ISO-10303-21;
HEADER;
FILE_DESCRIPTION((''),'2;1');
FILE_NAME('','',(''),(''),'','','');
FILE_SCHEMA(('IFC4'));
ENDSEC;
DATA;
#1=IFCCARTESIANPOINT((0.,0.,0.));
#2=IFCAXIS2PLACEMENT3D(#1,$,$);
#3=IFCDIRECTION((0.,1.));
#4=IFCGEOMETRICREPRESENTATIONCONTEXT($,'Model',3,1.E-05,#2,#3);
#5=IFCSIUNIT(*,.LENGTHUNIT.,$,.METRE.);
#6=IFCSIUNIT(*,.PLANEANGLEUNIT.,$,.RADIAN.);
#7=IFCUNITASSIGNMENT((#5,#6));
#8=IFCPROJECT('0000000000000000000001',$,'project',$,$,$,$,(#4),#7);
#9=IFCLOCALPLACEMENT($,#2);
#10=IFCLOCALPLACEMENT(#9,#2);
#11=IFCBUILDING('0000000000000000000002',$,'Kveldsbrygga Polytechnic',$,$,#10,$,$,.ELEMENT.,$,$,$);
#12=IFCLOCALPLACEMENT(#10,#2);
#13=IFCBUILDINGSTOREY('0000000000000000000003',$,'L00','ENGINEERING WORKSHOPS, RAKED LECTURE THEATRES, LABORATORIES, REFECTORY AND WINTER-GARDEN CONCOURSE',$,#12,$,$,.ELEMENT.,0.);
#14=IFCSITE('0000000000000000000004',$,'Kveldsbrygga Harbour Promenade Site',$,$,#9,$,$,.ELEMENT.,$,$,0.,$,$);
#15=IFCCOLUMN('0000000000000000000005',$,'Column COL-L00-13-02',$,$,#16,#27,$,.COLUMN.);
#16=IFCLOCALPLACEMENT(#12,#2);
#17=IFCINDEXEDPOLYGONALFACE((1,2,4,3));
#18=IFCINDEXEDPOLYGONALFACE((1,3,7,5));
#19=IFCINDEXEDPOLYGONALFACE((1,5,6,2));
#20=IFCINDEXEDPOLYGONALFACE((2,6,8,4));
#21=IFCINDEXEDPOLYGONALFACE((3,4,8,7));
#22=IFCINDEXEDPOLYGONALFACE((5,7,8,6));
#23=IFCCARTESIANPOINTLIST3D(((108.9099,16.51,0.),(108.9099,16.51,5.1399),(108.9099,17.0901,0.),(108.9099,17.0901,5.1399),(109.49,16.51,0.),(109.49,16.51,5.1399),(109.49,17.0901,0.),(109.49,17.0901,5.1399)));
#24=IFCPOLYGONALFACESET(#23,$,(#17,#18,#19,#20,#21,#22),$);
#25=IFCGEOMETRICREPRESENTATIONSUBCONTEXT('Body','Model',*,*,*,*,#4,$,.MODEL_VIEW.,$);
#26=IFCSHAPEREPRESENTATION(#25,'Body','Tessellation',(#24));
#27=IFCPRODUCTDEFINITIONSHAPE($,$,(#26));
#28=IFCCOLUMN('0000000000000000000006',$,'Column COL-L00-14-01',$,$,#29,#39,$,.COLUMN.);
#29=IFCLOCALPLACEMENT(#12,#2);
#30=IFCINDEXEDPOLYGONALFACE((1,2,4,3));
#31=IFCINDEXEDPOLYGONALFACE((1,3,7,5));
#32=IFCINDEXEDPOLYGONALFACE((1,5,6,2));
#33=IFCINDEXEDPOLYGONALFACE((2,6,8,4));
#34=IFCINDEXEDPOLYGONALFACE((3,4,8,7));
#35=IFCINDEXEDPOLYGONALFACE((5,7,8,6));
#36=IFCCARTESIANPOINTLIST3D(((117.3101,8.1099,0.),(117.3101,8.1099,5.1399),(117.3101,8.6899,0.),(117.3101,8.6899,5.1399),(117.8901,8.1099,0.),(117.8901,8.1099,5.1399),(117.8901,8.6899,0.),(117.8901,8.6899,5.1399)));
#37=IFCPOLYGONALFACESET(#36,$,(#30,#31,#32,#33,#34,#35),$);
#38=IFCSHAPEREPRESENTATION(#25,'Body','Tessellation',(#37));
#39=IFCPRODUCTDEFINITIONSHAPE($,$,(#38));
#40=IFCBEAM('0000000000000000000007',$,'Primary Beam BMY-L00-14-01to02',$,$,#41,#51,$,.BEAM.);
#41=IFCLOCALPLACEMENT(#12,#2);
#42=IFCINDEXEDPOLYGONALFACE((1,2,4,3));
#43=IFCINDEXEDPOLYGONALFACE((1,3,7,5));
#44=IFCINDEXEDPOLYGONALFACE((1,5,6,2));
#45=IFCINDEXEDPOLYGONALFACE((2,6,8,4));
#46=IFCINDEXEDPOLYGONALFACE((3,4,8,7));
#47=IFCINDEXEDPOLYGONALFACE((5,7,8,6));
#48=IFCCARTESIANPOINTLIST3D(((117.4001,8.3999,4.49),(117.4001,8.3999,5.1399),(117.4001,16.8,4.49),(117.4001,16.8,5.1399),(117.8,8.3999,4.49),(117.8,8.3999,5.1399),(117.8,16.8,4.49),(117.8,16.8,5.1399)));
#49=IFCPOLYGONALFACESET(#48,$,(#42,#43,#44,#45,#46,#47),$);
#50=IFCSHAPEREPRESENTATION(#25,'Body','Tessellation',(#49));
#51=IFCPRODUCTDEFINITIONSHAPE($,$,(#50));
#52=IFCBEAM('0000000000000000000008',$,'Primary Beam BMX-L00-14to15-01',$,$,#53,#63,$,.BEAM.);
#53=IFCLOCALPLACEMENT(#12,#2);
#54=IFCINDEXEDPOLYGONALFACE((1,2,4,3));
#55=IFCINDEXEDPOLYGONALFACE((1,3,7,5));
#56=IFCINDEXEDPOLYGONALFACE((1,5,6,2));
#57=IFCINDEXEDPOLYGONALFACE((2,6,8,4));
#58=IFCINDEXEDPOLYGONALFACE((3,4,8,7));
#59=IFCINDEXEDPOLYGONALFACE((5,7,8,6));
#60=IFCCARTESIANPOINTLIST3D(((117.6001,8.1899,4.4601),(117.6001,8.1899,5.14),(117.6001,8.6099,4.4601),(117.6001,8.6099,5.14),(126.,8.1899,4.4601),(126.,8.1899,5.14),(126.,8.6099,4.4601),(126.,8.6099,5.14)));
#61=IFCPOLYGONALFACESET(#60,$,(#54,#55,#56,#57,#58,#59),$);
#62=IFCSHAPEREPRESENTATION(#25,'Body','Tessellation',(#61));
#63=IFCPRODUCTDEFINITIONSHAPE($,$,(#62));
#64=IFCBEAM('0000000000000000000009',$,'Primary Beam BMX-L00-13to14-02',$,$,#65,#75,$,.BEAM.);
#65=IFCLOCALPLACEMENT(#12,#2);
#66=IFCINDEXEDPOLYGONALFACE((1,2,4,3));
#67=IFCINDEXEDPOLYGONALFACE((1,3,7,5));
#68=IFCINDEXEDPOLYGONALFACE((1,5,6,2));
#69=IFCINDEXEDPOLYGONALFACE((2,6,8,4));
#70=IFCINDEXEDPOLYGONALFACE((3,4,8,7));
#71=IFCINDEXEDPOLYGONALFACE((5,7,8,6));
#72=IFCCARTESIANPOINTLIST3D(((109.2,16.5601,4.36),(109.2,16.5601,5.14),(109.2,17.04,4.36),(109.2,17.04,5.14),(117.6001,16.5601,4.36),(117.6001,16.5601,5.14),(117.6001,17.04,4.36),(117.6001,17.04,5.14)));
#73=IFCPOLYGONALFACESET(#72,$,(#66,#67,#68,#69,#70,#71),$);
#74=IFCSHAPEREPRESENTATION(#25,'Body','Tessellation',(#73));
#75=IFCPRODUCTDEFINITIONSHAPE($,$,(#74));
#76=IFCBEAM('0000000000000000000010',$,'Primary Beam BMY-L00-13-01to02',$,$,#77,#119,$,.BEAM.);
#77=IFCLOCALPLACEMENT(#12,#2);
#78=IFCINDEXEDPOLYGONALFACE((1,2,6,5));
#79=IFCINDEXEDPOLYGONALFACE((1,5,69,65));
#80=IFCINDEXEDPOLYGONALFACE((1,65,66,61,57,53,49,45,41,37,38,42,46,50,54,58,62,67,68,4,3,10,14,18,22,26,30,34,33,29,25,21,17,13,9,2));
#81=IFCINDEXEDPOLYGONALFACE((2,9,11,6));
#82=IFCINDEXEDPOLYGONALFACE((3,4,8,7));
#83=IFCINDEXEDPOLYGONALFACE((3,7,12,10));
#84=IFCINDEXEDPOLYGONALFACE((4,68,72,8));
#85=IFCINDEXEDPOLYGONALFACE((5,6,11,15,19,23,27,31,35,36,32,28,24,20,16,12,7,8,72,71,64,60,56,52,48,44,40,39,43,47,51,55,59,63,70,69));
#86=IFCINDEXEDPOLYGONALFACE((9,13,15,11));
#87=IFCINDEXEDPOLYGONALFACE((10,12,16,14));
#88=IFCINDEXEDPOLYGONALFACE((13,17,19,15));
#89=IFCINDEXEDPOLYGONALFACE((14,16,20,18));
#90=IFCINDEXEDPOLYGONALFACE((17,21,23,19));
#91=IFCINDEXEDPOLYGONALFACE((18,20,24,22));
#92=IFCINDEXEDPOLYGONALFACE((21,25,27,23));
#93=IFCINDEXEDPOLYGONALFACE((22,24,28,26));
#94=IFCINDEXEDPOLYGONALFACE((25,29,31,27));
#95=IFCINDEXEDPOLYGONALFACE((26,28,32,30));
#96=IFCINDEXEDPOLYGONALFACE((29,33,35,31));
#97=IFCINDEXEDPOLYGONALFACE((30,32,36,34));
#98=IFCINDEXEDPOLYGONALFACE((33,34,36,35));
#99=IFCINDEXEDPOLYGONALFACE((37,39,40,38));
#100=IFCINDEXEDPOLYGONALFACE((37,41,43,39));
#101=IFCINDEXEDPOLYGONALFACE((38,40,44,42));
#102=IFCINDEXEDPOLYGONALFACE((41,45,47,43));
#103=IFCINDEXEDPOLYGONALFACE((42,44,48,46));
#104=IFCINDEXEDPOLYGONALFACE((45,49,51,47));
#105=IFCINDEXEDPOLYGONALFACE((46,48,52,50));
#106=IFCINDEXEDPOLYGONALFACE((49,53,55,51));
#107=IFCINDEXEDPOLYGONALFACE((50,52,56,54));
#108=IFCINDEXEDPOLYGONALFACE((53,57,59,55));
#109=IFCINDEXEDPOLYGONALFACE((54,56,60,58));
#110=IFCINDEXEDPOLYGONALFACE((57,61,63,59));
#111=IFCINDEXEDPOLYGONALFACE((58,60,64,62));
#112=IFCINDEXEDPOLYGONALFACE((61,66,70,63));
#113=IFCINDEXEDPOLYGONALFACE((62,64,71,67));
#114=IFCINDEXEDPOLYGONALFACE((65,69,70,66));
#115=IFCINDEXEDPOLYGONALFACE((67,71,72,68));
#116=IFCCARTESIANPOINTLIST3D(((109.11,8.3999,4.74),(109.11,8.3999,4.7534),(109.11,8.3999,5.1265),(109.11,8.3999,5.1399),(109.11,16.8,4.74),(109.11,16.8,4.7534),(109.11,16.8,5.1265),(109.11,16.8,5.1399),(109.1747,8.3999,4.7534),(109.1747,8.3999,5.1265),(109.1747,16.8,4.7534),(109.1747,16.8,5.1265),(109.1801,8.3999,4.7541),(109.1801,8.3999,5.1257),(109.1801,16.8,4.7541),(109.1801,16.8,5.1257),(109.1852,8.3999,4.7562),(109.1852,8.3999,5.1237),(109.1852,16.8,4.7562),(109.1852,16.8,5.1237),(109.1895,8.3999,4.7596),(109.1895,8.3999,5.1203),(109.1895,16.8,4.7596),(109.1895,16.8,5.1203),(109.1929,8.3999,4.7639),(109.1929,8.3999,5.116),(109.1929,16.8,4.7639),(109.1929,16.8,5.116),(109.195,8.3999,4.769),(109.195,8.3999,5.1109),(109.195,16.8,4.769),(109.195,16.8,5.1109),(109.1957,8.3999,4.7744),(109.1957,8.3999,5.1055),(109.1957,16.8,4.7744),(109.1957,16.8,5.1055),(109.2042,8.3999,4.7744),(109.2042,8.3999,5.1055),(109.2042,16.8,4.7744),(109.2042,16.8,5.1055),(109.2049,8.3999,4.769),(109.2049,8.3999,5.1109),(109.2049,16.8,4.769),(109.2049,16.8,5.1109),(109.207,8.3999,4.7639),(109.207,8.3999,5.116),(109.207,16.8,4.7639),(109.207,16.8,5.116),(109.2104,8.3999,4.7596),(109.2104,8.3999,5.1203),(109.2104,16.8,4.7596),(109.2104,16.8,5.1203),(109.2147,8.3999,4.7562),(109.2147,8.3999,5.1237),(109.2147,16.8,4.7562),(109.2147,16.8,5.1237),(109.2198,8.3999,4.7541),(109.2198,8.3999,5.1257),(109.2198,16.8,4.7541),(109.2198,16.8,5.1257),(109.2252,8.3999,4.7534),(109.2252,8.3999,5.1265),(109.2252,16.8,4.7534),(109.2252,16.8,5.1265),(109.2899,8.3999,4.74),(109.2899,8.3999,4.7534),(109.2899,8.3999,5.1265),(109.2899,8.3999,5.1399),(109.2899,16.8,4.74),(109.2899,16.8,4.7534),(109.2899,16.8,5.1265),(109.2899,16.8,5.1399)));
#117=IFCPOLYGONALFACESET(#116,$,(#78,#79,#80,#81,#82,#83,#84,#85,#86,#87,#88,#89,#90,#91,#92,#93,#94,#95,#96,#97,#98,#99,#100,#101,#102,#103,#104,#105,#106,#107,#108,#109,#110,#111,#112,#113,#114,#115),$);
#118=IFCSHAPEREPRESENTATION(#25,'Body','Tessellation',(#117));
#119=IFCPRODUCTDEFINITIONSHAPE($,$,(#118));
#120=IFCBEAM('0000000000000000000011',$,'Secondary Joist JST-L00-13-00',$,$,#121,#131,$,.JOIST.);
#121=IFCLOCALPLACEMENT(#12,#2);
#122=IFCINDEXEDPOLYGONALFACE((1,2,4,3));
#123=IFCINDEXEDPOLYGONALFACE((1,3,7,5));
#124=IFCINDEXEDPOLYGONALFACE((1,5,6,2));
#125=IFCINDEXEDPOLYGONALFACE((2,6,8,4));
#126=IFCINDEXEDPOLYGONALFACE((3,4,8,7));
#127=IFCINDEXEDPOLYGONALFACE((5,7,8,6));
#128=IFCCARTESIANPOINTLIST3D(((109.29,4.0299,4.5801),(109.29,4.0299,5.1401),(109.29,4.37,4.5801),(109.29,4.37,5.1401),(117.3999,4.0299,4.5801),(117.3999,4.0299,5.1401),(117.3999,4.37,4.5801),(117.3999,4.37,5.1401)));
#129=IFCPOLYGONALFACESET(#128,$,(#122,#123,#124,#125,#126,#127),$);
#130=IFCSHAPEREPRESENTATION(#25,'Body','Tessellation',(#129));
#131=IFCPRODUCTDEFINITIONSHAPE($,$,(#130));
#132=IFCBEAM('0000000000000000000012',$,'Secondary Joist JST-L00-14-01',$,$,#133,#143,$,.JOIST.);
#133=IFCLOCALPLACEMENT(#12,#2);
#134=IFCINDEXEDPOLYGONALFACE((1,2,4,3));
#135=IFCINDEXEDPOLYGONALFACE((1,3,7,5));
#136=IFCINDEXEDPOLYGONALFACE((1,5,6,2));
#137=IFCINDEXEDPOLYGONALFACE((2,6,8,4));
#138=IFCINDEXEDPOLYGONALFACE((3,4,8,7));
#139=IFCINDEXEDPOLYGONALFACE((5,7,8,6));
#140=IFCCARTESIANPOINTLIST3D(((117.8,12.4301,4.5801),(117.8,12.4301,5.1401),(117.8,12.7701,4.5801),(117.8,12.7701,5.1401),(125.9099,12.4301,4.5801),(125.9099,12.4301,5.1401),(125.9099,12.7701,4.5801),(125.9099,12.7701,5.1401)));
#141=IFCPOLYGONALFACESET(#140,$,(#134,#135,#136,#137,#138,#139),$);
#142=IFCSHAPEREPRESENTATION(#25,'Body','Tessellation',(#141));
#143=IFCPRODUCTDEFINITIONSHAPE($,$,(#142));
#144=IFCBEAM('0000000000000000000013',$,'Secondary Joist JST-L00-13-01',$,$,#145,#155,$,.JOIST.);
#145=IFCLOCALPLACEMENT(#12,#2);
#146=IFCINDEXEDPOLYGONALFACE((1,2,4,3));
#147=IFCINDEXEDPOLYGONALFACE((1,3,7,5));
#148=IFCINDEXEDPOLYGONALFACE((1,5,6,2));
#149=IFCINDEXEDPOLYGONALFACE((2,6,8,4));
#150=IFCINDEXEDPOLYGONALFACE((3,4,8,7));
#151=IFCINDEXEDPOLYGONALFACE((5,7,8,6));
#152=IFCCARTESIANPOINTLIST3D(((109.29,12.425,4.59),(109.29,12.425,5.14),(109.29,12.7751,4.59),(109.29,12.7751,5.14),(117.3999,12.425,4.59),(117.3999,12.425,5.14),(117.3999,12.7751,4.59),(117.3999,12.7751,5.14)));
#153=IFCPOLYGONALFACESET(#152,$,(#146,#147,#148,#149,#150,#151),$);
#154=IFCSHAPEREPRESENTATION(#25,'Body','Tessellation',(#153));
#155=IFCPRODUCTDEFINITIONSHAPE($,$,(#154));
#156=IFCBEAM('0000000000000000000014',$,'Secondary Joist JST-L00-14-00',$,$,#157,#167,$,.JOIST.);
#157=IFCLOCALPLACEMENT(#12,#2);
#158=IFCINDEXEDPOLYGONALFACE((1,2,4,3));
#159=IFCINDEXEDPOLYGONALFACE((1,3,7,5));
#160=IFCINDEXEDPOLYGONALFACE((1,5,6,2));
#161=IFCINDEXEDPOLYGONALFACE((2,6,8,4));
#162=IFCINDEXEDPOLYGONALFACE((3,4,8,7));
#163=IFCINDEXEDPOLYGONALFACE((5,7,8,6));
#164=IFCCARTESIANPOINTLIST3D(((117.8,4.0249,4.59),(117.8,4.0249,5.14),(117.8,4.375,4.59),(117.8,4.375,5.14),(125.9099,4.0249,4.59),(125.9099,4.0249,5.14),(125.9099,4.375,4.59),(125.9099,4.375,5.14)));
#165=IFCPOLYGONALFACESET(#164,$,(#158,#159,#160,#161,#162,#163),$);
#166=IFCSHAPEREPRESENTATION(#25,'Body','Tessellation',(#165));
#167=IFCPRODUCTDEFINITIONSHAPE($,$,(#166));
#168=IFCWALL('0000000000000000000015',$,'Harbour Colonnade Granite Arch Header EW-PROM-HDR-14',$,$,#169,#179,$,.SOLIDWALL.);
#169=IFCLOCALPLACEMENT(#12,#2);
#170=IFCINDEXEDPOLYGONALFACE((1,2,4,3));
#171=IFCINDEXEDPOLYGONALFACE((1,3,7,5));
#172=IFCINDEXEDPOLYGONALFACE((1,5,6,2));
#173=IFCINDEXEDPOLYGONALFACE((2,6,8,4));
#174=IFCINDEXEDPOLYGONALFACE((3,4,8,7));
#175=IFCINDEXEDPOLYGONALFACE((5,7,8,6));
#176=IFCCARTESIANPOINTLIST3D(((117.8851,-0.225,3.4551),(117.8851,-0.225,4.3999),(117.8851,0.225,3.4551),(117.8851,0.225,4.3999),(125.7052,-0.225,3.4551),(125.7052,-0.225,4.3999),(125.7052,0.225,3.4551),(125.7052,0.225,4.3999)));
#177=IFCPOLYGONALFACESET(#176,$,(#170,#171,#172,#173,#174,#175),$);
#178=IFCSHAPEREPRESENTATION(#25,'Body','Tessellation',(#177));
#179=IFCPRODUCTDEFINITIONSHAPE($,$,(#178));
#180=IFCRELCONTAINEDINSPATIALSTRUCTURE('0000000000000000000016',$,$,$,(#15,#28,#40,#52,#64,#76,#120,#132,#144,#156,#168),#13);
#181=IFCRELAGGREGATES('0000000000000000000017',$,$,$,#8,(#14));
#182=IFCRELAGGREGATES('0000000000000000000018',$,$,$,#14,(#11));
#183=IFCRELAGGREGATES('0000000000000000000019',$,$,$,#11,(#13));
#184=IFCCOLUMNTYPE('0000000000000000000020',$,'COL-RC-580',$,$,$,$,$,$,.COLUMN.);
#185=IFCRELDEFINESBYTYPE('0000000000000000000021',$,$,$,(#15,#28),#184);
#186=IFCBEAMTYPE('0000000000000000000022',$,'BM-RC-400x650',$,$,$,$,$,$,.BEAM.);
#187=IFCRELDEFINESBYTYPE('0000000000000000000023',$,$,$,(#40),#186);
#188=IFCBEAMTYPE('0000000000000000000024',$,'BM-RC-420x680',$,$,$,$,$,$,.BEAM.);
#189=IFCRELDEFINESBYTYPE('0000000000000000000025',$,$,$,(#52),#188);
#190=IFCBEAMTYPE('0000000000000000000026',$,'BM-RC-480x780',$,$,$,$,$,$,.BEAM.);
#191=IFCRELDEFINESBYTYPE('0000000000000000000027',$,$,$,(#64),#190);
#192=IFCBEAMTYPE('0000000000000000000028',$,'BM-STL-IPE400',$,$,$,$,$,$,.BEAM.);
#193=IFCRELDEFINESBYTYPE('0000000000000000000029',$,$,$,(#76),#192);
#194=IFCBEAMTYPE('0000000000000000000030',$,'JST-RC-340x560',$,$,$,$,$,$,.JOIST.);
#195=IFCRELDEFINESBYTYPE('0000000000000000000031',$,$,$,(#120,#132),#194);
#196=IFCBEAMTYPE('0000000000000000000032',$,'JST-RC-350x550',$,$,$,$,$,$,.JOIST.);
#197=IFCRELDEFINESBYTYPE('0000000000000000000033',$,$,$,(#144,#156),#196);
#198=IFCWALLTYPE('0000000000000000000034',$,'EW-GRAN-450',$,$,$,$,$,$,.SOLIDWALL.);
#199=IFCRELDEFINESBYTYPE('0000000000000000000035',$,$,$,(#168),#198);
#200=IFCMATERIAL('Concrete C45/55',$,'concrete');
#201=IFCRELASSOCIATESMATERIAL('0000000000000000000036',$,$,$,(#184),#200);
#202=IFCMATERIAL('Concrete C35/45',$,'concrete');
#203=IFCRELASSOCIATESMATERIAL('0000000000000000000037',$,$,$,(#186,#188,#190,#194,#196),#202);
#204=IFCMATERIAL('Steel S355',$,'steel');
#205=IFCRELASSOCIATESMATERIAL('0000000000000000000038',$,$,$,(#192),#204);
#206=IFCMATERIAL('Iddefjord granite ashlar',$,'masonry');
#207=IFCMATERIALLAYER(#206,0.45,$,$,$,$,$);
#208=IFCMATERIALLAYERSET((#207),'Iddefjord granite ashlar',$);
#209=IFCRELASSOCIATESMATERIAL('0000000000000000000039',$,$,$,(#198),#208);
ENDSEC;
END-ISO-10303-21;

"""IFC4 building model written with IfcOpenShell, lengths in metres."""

from ifc_helpers import new_model, si_unit, direction, frame, frame_2d, origin, origin_2d, place, context, subcontext, project, spatial, rectangle, i_section, extrude, material, layer, layer_set, material_profile, profile_set, type_object, element, save


model = new_model("IFC4")

# Units and contexts
model_context = context("Model", 3, precision=1e-05, world=origin(), true_north=direction((0.0, 1.0)))
body_context = subcontext(model_context, "Body", "Model", "MODEL_VIEW")
ifc_project = project(units=[si_unit("LENGTHUNIT", "METRE"), si_unit("PLANEANGLEUNIT", "RADIAN")], contexts=[model_context])

# Site, building, storey
site_placement = place(None, origin())
site = spatial("IfcSite", under=ifc_project, at=site_placement, Name="Kveldsbrygga Harbour Promenade Site", CompositionType="ELEMENT", RefElevation=0.0)
building_placement = place(site_placement, origin())
building = spatial("IfcBuilding", under=site, at=building_placement, Name="Kveldsbrygga Polytechnic", CompositionType="ELEMENT")
storey_placement = place(building_placement, origin())
storey = spatial("IfcBuildingStorey", under=building, at=storey_placement, Name="L00", Description="ENGINEERING WORKSHOPS, RAKED LECTURE THEATRES, LABORATORIES, REFECTORY AND WINTER-GARDEN CONCOURSE", CompositionType="ELEMENT", Elevation=0.0)

# Columns
ifc_material_1 = material(Name="Concrete C45/55", Category="concrete")
ifc_material_profile_1 = material_profile(ifc_material_1, rectangle(XDim=0.5801, YDim=0.5801, at=origin_2d()), Name="RC 580x580")
ifc_profile_set_1 = profile_set([ifc_material_profile_1], Name="Concrete C45/55")
column_type = type_object("IfcColumnType", Name="COL-RC-580", PredefinedType="COLUMN", material=ifc_profile_set_1)
for number, where, z_axis, x_axis, name in (
    (1, (109.2, 16.8, 0.0), (0.0, 0.0, 1.0), (1.0, 0.0, 0.0), "Column COL-L00-13-02"),
    (2, (117.6001, 8.3999, 0.0), (0.0, 0.0, 1.0), (1.0, 0.0, 0.0), "Column COL-L00-14-01"),
):
    element("IfcColumn", number, at=place(storey_placement, frame(where, z_axis=z_axis, x_axis=x_axis)), inside=storey, type_object=column_type, Name=name, PredefinedType="COLUMN", context=body_context, shape_type="SweptSolid", body=[
        extrude(rectangle(XDim=0.5801, YDim=0.5801, at=origin_2d()), origin(), (0.0, 0.0, 1.0), 5.1399),
    ])

# Beams
ifc_material_2 = material(Name="Concrete C35/45", Category="concrete")
ifc_material_profile_2 = material_profile(ifc_material_2, rectangle(XDim=0.3999, YDim=0.6499, at=origin_2d()), Name="RC 400x650")
ifc_profile_set_2 = profile_set([ifc_material_profile_2], Name="Concrete C35/45")
beam_type_1 = type_object("IfcBeamType", Name="BM-RC-400x650", PredefinedType="BEAM", material=ifc_profile_set_2)
beam_1_placement = place(storey_placement, frame((117.6001, 8.3999, 4.8149), z_axis=(0.0, 1.0, 0.0), x_axis=(-1.0, 0.0, 0.0)))
element("IfcBeam", 3, at=beam_1_placement, inside=storey, type_object=beam_type_1, Name="Primary Beam BMY-L00-14-01to02", PredefinedType="BEAM", context=body_context, shape_type="SweptSolid", body=[
    extrude(rectangle(XDim=0.3999, YDim=0.6499, at=origin_2d()), origin(), (0.0, 0.0, 1.0), 8.4001),
])
ifc_material_profile_3 = material_profile(ifc_material_2, rectangle(XDim=0.4199, YDim=0.6799, at=origin_2d()), Name="RC 420x680")
ifc_profile_set_3 = profile_set([ifc_material_profile_3], Name="Concrete C35/45")
beam_type_2 = type_object("IfcBeamType", Name="BM-RC-420x680", PredefinedType="BEAM", material=ifc_profile_set_3)
beam_2_placement = place(storey_placement, frame((117.6001, 8.3999, 4.8), z_axis=(1.0, 0.0, 0.0), x_axis=(0.0, 1.0, 0.0)))
element("IfcBeam", 4, at=beam_2_placement, inside=storey, type_object=beam_type_2, Name="Primary Beam BMX-L00-14to15-01", PredefinedType="BEAM", context=body_context, shape_type="SweptSolid", body=[
    extrude(rectangle(XDim=0.4199, YDim=0.6799, at=origin_2d()), origin(), (0.0, 0.0, 1.0), 8.3999),
])
ifc_material_profile_4 = material_profile(ifc_material_2, rectangle(XDim=0.48, YDim=0.78, at=origin_2d()), Name="RC 480x780")
ifc_profile_set_4 = profile_set([ifc_material_profile_4], Name="Concrete C35/45")
beam_type_3 = type_object("IfcBeamType", Name="BM-RC-480x780", PredefinedType="BEAM", material=ifc_profile_set_4)
beam_3_placement = place(storey_placement, frame((109.2, 16.8, 4.75), z_axis=(1.0, 0.0, 0.0), x_axis=(0.0, 1.0, 0.0)))
element("IfcBeam", 5, at=beam_3_placement, inside=storey, type_object=beam_type_3, Name="Primary Beam BMX-L00-13to14-02", PredefinedType="BEAM", context=body_context, shape_type="SweptSolid", body=[
    extrude(rectangle(XDim=0.48, YDim=0.78, at=origin_2d()), origin(), (0.0, 0.0, 1.0), 8.4001),
])
ifc_material_3 = material(Name="Steel S355", Category="steel")
ifc_material_profile_5 = material_profile(ifc_material_3, i_section(OverallWidth=0.1799, OverallDepth=0.3999, WebThickness=0.0085, FlangeThickness=0.0134, FilletRadius=0.021, at=origin_2d()), Name="IPE 400")
ifc_profile_set_5 = profile_set([ifc_material_profile_5], Name="Steel S355")
beam_type_4 = type_object("IfcBeamType", Name="BM-STL-IPE400", PredefinedType="BEAM", material=ifc_profile_set_5)
beam_4_placement = place(storey_placement, frame((109.2, 8.3999, 4.9399), z_axis=(0.0, 1.0, 0.0), x_axis=(-1.0, 0.0, 0.0)))
element("IfcBeam", 6, at=beam_4_placement, inside=storey, type_object=beam_type_4, Name="Primary Beam BMY-L00-13-01to02", PredefinedType="BEAM", context=body_context, shape_type="SweptSolid", body=[
    extrude(i_section(OverallWidth=0.1799, OverallDepth=0.3999, WebThickness=0.0085, FlangeThickness=0.0134, FilletRadius=0.021, at=origin_2d()), origin(), (0.0, 0.0, 1.0), 8.4001),
])
ifc_material_profile_6 = material_profile(ifc_material_2, rectangle(XDim=0.3401, YDim=0.5601, at=origin_2d()), Name="RC 340x560")
ifc_profile_set_6 = profile_set([ifc_material_profile_6], Name="Concrete C35/45")
beam_type_5 = type_object("IfcBeamType", Name="JST-RC-340x560", PredefinedType="JOIST", material=ifc_profile_set_6)
for number, where, z_axis, x_axis, name in (
    (7, (109.29, 4.2, 4.8601), (1.0, 0.0, 0.0), (0.0, 1.0, 0.0), "Secondary Joist JST-L00-13-00"),
    (8, (117.8, 12.6001, 4.8601), (1.0, 0.0, 0.0), (0.0, 1.0, 0.0), "Secondary Joist JST-L00-14-01"),
):
    element("IfcBeam", number, at=place(storey_placement, frame(where, z_axis=z_axis, x_axis=x_axis)), inside=storey, type_object=beam_type_5, Name=name, PredefinedType="JOIST", context=body_context, shape_type="SweptSolid", body=[
        extrude(rectangle(XDim=0.3401, YDim=0.5601, at=origin_2d()), origin(), (0.0, 0.0, 1.0), 8.1099),
    ])
ifc_material_profile_7 = material_profile(ifc_material_2, rectangle(XDim=0.3501, YDim=0.55, at=origin_2d()), Name="RC 350x550")
ifc_profile_set_7 = profile_set([ifc_material_profile_7], Name="Concrete C35/45")
beam_type_6 = type_object("IfcBeamType", Name="JST-RC-350x550", PredefinedType="JOIST", material=ifc_profile_set_7)
for number, where, z_axis, x_axis, name in (
    (9, (109.29, 12.6001, 4.865), (1.0, 0.0, 0.0), (0.0, 1.0, 0.0), "Secondary Joist JST-L00-13-01"),
    (10, (117.8, 4.2, 4.865), (1.0, 0.0, 0.0), (0.0, 1.0, 0.0), "Secondary Joist JST-L00-14-00"),
):
    element("IfcBeam", number, at=place(storey_placement, frame(where, z_axis=z_axis, x_axis=x_axis)), inside=storey, type_object=beam_type_6, Name=name, PredefinedType="JOIST", context=body_context, shape_type="SweptSolid", body=[
        extrude(rectangle(XDim=0.3501, YDim=0.55, at=origin_2d()), origin(), (0.0, 0.0, 1.0), 8.1099),
    ])

# Wall
ifc_material_4 = material(Name="Iddefjord granite ashlar", Category="masonry")
ifc_layer_1 = layer(ifc_material_4, 0.45)
ifc_layer_set_1 = layer_set([ifc_layer_1], Name="Iddefjord granite ashlar")
wall_type_1 = type_object("IfcWallType", Name="EW-GRAN-450", PredefinedType="SOLIDWALL", material=ifc_layer_set_1)
wall_1_placement = place(storey_placement, frame((117.885, 0.0, 3.4551), z_axis=(0.0, 0.0, 1.0), x_axis=(1.0, 0.0, 0.0)))
element("IfcWall", 11, at=wall_1_placement, inside=storey, type_object=wall_type_1, Name="Harbour Colonnade Granite Arch Header EW-PROM-HDR-14", PredefinedType="SOLIDWALL", context=body_context, shape_type="SweptSolid", body=[
    extrude(rectangle(XDim=7.8201, YDim=0.45, at=frame_2d((3.9102, 0.0))), origin(), (0.0, 0.0, 1.0), 0.9448),
])

save(model, "model.ifc")
